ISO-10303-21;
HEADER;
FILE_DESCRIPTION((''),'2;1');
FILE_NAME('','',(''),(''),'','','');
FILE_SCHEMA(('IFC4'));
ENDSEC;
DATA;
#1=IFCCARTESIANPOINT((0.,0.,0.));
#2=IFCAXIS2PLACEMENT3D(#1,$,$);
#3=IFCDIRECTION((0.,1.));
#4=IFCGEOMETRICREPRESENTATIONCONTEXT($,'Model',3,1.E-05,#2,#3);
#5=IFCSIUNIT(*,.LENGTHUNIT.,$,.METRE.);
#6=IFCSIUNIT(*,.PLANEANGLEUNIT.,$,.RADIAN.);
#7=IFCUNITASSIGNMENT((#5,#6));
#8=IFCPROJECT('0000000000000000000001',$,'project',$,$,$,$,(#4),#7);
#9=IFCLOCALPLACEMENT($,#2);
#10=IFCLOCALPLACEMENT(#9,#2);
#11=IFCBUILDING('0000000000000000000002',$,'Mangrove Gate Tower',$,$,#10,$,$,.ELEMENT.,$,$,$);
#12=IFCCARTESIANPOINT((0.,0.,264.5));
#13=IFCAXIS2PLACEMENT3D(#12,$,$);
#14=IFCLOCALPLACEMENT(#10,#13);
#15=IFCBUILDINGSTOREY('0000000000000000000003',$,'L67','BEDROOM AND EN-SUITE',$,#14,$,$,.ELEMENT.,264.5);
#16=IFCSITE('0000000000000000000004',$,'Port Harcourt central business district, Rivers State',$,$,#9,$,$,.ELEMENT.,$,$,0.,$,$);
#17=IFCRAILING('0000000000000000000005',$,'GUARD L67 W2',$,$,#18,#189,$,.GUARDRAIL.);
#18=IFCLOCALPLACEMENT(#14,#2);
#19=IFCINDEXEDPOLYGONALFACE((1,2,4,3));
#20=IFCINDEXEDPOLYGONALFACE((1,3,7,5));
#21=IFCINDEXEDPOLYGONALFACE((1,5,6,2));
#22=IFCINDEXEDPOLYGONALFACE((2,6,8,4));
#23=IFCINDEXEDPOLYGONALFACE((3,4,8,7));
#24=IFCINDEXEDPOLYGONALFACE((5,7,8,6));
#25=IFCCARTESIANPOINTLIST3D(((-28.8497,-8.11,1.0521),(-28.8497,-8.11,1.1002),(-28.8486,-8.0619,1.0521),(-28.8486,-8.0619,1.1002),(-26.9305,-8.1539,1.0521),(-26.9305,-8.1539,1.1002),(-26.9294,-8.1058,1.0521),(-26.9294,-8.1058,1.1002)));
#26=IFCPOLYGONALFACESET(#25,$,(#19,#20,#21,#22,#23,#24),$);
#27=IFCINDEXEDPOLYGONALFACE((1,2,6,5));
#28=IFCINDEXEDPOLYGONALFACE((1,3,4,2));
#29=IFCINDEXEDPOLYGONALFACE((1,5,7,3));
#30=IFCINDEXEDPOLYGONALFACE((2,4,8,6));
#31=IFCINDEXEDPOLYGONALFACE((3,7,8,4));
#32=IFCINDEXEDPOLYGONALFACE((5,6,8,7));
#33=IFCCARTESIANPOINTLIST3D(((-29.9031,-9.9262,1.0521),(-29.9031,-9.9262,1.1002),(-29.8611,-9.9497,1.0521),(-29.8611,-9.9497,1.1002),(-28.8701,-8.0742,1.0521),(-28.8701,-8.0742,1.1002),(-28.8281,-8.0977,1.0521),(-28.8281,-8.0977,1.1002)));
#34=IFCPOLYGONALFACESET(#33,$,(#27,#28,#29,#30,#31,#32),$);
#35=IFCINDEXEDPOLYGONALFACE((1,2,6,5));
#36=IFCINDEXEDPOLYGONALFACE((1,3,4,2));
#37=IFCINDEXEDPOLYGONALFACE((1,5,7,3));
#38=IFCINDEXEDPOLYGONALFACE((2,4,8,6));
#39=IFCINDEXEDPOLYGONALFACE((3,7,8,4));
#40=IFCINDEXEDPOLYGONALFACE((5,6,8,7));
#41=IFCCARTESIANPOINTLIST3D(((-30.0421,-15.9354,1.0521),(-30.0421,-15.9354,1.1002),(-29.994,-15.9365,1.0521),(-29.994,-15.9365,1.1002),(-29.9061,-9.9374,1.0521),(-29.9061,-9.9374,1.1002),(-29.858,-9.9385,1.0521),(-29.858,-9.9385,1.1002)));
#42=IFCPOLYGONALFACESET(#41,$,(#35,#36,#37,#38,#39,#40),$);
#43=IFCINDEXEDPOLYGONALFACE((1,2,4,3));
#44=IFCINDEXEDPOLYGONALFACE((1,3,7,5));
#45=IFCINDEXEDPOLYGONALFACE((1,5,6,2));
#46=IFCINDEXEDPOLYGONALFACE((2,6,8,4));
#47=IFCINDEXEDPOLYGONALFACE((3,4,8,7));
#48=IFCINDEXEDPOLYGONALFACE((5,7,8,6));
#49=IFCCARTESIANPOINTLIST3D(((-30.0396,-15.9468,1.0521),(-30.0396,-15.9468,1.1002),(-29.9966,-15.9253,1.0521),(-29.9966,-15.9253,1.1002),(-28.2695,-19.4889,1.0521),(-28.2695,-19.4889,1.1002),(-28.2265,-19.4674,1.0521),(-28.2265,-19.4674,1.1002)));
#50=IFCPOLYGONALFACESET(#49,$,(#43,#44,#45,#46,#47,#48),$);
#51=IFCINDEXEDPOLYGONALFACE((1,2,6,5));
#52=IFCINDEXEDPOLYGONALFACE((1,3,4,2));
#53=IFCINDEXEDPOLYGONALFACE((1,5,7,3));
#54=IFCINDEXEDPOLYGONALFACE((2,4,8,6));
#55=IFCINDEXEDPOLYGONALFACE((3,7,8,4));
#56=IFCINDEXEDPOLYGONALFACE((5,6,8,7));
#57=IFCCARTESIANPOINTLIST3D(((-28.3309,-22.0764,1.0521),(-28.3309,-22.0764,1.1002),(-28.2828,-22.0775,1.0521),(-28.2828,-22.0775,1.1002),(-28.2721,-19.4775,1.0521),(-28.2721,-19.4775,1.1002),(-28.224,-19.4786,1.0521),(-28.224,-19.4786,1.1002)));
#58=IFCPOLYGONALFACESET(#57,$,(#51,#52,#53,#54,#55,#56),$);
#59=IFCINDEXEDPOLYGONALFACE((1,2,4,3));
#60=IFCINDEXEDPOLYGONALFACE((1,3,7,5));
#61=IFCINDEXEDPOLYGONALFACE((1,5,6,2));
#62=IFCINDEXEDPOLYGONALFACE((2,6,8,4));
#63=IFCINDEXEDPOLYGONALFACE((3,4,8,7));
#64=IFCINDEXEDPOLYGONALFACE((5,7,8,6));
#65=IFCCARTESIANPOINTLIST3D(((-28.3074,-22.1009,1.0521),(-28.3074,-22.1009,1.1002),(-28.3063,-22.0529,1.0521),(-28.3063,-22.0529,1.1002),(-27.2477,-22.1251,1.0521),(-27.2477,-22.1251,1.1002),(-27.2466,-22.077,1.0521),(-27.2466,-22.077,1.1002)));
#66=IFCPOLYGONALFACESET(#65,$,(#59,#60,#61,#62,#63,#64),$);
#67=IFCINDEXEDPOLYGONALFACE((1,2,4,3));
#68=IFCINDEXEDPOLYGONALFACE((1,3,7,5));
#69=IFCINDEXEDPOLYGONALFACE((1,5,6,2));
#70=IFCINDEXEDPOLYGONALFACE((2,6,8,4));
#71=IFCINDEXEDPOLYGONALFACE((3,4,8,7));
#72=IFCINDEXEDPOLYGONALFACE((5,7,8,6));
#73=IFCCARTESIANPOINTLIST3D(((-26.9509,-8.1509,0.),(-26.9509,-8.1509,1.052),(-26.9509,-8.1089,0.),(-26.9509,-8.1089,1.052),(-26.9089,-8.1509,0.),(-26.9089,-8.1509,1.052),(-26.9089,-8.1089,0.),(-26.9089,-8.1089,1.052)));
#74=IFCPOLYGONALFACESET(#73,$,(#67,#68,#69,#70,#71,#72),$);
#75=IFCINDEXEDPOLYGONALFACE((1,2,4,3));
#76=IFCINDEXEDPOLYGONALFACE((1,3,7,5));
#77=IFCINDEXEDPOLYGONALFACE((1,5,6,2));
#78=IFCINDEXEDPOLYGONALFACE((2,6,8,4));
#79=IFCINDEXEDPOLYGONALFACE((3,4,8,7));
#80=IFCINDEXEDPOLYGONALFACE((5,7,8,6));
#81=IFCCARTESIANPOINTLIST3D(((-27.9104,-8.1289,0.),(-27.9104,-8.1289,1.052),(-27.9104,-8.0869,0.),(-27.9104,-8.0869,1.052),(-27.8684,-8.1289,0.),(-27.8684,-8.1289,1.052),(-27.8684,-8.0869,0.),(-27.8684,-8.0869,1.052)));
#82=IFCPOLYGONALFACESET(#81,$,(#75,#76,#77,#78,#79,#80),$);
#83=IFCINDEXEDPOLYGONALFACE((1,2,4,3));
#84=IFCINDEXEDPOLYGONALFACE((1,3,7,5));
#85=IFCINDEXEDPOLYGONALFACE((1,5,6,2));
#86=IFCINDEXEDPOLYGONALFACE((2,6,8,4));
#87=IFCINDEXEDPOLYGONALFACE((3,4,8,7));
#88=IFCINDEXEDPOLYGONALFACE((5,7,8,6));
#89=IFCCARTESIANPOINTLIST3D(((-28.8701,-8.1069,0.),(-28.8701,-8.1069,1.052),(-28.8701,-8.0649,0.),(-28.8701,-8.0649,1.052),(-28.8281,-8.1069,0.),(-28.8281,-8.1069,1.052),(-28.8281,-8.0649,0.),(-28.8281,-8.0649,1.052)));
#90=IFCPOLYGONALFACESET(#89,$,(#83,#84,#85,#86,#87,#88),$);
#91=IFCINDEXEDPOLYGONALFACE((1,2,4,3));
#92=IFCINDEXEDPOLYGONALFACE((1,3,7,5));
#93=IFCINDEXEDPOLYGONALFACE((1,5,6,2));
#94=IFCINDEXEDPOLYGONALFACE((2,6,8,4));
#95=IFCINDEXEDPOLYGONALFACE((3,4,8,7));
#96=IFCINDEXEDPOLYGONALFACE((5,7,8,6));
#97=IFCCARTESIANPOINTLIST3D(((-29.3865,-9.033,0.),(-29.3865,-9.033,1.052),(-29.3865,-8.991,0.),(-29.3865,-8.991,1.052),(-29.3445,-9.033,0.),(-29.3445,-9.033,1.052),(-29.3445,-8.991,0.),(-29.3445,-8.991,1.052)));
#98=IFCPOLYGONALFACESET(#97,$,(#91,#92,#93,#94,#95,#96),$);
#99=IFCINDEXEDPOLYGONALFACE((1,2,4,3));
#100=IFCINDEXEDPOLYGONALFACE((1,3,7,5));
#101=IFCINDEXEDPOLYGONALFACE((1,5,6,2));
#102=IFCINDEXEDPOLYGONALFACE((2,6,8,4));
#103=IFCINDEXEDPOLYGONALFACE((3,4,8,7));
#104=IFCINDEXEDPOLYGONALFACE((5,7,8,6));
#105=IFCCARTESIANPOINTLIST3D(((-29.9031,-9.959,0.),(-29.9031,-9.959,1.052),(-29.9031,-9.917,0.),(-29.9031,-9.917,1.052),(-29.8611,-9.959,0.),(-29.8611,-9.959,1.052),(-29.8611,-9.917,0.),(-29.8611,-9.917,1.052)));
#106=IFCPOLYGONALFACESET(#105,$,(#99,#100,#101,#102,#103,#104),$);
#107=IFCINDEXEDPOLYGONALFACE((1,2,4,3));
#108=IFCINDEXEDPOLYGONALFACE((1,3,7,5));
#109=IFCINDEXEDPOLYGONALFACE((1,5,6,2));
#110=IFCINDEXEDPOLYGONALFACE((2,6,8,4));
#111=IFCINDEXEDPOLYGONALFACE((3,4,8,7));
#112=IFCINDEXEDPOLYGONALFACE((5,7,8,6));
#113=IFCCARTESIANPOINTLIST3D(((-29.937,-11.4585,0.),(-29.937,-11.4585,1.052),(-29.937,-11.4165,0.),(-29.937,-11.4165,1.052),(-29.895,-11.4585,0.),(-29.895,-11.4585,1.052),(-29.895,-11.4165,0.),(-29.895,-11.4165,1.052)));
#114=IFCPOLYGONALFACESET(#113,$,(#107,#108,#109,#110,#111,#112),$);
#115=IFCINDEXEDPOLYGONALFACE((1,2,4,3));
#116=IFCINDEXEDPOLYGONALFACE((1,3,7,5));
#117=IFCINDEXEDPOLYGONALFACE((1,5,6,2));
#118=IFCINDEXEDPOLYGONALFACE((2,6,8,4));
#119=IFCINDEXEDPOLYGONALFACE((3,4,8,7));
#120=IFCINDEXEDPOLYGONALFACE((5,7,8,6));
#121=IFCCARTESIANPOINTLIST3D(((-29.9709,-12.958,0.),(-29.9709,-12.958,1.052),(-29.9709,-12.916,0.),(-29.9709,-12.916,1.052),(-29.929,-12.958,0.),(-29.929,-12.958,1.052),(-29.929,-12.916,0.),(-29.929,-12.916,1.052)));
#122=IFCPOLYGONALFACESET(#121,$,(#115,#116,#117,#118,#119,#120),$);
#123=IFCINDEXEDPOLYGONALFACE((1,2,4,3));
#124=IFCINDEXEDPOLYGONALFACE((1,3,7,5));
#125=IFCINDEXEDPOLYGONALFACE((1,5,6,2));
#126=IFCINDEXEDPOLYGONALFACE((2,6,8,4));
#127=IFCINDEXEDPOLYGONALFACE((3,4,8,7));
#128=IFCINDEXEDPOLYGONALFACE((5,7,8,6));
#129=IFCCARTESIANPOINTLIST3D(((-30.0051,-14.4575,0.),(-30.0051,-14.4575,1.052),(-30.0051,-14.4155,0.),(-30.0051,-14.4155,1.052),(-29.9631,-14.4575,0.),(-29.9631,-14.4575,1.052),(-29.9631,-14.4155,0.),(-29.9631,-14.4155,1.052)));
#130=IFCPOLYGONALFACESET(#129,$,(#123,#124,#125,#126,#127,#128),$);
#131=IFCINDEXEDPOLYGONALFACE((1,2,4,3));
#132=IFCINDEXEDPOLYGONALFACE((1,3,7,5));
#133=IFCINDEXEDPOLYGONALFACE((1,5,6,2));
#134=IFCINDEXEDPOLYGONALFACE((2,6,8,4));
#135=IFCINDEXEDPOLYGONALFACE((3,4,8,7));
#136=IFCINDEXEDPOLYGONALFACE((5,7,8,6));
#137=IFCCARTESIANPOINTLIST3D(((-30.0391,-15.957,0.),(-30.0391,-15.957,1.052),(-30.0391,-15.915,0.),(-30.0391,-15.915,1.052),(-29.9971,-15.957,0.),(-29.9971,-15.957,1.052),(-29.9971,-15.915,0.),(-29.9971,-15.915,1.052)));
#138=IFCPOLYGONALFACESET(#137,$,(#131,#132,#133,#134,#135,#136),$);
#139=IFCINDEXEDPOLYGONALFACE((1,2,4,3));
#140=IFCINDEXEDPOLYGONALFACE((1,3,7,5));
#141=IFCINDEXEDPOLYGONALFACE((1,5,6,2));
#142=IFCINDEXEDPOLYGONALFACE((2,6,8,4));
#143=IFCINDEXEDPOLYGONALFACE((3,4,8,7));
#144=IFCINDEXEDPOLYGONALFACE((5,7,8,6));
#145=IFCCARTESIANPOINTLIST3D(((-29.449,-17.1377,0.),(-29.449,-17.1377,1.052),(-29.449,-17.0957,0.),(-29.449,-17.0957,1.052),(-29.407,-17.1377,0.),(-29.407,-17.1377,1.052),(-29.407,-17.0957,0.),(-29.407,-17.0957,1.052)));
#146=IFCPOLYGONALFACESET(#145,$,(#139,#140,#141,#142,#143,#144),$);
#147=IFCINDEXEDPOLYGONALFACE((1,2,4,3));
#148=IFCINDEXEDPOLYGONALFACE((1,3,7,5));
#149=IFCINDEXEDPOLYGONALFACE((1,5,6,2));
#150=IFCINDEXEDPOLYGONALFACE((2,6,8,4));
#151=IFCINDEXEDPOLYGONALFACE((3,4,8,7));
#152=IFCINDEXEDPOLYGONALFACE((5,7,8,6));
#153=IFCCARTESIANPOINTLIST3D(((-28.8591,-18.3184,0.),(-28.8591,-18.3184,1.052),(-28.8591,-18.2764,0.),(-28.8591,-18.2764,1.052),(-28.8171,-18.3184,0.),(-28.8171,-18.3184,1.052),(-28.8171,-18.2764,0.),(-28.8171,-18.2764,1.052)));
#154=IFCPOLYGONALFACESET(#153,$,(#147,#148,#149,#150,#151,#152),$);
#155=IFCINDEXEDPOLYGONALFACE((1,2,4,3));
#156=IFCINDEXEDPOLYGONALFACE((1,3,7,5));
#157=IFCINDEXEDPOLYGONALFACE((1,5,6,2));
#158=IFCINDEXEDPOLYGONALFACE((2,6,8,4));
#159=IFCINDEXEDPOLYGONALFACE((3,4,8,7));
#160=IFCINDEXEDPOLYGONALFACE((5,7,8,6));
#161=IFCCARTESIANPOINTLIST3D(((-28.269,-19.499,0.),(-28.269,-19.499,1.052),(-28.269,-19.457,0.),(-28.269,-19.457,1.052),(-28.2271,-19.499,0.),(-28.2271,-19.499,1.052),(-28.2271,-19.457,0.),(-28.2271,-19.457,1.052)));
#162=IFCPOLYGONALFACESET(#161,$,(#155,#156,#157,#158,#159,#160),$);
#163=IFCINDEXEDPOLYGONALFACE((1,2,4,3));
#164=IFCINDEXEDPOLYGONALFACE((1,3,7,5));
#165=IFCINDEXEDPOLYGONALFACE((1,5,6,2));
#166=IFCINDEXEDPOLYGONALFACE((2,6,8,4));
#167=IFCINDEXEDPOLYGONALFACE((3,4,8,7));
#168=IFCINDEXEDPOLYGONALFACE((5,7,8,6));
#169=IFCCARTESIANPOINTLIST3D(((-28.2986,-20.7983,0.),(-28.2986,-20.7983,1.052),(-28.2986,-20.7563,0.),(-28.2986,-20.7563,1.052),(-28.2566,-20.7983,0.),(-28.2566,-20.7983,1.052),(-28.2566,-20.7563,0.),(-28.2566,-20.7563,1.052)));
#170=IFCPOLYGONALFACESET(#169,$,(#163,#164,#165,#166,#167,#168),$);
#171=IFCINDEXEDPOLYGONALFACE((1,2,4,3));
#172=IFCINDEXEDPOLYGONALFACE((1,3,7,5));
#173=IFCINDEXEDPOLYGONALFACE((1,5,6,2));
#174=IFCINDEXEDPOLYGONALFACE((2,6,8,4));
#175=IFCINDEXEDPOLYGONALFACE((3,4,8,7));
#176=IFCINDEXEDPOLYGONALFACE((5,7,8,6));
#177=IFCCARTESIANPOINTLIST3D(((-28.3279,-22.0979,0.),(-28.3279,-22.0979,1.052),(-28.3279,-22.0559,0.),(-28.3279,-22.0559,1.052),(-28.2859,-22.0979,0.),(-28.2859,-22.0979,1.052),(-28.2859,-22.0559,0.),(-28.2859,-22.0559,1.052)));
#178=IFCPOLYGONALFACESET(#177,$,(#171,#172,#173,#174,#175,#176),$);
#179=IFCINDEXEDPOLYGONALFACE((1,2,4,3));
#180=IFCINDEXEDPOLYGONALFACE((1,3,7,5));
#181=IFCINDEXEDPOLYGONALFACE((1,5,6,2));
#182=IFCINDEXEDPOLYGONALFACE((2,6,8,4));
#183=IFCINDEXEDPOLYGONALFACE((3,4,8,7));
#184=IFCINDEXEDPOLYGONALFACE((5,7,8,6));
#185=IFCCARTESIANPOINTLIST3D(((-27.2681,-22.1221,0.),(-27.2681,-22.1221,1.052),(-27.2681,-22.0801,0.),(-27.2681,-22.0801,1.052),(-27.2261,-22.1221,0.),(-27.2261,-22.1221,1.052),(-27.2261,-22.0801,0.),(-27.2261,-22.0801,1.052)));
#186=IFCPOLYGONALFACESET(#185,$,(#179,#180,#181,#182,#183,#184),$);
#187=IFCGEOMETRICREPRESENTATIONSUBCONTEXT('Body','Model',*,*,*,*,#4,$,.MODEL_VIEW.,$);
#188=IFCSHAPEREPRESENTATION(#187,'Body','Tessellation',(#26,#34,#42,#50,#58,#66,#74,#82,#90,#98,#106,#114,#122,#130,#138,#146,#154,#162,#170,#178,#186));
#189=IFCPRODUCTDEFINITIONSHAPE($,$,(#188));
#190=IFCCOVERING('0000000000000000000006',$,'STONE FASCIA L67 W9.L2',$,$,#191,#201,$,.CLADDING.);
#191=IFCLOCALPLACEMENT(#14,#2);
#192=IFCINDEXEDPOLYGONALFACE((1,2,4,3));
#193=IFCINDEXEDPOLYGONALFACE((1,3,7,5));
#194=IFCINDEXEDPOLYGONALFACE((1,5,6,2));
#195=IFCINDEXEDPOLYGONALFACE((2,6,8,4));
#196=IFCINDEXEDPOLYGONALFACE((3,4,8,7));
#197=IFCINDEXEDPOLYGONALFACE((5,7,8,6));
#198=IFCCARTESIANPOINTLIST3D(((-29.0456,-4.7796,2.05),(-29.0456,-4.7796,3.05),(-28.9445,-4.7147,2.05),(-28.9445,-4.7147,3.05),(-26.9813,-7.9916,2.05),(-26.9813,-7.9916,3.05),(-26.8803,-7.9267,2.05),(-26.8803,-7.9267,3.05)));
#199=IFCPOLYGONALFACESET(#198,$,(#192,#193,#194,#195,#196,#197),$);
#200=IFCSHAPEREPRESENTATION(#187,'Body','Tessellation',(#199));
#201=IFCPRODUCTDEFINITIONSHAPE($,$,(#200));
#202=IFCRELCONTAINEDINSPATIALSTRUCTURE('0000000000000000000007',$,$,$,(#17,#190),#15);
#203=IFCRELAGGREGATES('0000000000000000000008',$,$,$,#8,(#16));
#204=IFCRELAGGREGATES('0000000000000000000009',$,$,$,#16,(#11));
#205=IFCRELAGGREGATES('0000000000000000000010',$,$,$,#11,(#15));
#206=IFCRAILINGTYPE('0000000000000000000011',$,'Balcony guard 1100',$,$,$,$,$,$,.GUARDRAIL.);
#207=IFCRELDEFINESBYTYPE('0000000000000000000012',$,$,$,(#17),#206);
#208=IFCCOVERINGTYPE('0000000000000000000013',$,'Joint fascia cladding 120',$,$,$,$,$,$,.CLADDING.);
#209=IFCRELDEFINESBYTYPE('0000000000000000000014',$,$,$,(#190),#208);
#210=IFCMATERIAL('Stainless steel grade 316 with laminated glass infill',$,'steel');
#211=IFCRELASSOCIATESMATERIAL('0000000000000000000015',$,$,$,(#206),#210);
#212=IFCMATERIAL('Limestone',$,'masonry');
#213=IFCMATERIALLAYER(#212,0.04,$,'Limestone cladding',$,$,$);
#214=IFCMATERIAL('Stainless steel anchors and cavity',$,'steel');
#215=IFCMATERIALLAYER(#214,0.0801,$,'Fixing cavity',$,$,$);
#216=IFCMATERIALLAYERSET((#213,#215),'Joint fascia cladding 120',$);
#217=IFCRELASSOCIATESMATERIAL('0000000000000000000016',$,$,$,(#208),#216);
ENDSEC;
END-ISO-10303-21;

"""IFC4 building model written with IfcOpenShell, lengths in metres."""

from ifc_helpers import new_model, si_unit, direction, frame, frame_2d, origin, origin_2d, place, context, subcontext, project, spatial, rectangle, extrude, material, layer, layer_set, type_object, element, save


model = new_model("IFC4")

# Units and contexts
model_context = context("Model", 3, precision=1e-05, world=origin(), true_north=direction((0.0, 1.0)))
body_context = subcontext(model_context, "Body", "Model", "MODEL_VIEW")
ifc_project = project(units=[si_unit("LENGTHUNIT", "METRE"), si_unit("PLANEANGLEUNIT", "RADIAN")], contexts=[model_context])

# Site, building, storey
site_placement = place(None, origin())
site = spatial("IfcSite", under=ifc_project, at=site_placement, Name="Port Harcourt central business district, Rivers State", CompositionType="ELEMENT", RefElevation=0.0)
building_placement = place(site_placement, origin())
building = spatial("IfcBuilding", under=site, at=building_placement, Name="Mangrove Gate Tower", CompositionType="ELEMENT")
storey_placement = place(building_placement, frame((0.0, 0.0, 264.5)))
storey = spatial("IfcBuildingStorey", under=building, at=storey_placement, Name="L67", Description="BEDROOM AND EN-SUITE", CompositionType="ELEMENT", Elevation=264.5)

# Shared definitions
ifc_material_1 = material(Name="Limestone", Category="masonry")

# Railing
ifc_material_2 = material(Name="Stainless steel grade 316 with laminated glass infill", Category="steel")
railing_type = type_object("IfcRailingType", Name="Balcony guard 1100", PredefinedType="GUARDRAIL", material=ifc_material_2)
railing_placement = place(storey_placement, frame((-26.9299, -8.1299, 0.0)))
element("IfcRailing", 1, at=railing_placement, inside=storey, type_object=railing_type, Name="GUARD L67 W2", PredefinedType="GUARDRAIL", context=body_context, shape_type="SweptSolid", body=[
    extrude(rectangle(XDim=0.0481, YDim=0.0481, at=origin_2d()), frame((0.0, 0.0, 1.0762), z_axis=(-0.999738, 0.022892, 0.0), x_axis=(-0.022892, -0.999738, 0.0)), (0.0, 0.0, 1.0), 1.9197),
    extrude(rectangle(XDim=0.0481, YDim=0.0481, at=origin_2d()), frame((-1.9192, 0.0439, 1.0762), z_axis=(-0.487099, -0.873347, 0.0), x_axis=(0.873347, -0.487099, 0.0)), (0.0, 0.0, 1.0), 2.1206),
    extrude(rectangle(XDim=0.0481, YDim=0.0481, at=origin_2d()), frame((-2.9521, -1.8081, 1.0762), z_axis=(-0.022666, -0.999743, 0.0), x_axis=(0.999743, -0.022666, 0.0)), (0.0, 0.0, 1.0), 5.9995),
    extrude(rectangle(XDim=0.0481, YDim=0.0481, at=origin_2d()), frame((-3.0881, -7.8062, 1.0762), z_axis=(0.447016, -0.894526, 0.0), x_axis=(0.894526, 0.447016, 0.0)), (0.0, 0.0, 1.0), 3.9597),
    extrude(rectangle(XDim=0.0481, YDim=0.0481, at=origin_2d()), frame((-1.3181, -11.3481, 1.0762), z_axis=(-0.022634, -0.999744, 0.0), x_axis=(0.999744, -0.022634, 0.0)), (0.0, 0.0, 1.0), 2.5996),
    extrude(rectangle(XDim=0.0481, YDim=0.0481, at=origin_2d()), frame((-1.377, -13.947, 1.0762), z_axis=(0.99974, -0.0228, 0.0), x_axis=(0.0228, 0.99974, 0.0)), (0.0, 0.0, 1.0), 1.0601),
    extrude(rectangle(XDim=0.042, YDim=0.042, at=origin_2d()), origin(), (0.0, 0.0, 1.0), 1.052),
    extrude(rectangle(XDim=0.042, YDim=0.042, at=origin_2d()), frame((-0.9595, 0.022, 0.0)), (0.0, 0.0, 1.0), 1.052),
    extrude(rectangle(XDim=0.042, YDim=0.042, at=origin_2d()), frame((-1.9192, 0.0439, 0.0)), (0.0, 0.0, 1.0), 1.052),
    extrude(rectangle(XDim=0.042, YDim=0.042, at=origin_2d()), frame((-2.4355, -0.8821, 0.0)), (0.0, 0.0, 1.0), 1.052),
    extrude(rectangle(XDim=0.042, YDim=0.042, at=origin_2d()), frame((-2.9521, -1.8081, 0.0)), (0.0, 0.0, 1.0), 1.052),
    extrude(rectangle(XDim=0.042, YDim=0.042, at=origin_2d()), frame((-2.9861, -3.3076, 0.0)), (0.0, 0.0, 1.0), 1.052),
    extrude(rectangle(XDim=0.042, YDim=0.042, at=origin_2d()), frame((-3.02, -4.8071, 0.0)), (0.0, 0.0, 1.0), 1.052),
    extrude(rectangle(XDim=0.042, YDim=0.042, at=origin_2d()), frame((-3.0542, -6.3066, 0.0)), (0.0, 0.0, 1.0), 1.052),
    extrude(rectangle(XDim=0.042, YDim=0.042, at=origin_2d()), frame((-3.0881, -7.8062, 0.0)), (0.0, 0.0, 1.0), 1.052),
    extrude(rectangle(XDim=0.042, YDim=0.042, at=origin_2d()), frame((-2.498, -8.9868, 0.0)), (0.0, 0.0, 1.0), 1.052),
    extrude(rectangle(XDim=0.042, YDim=0.042, at=origin_2d()), frame((-1.9082, -10.1675, 0.0)), (0.0, 0.0, 1.0), 1.052),
    extrude(rectangle(XDim=0.042, YDim=0.042, at=origin_2d()), frame((-1.3181, -11.3481, 0.0)), (0.0, 0.0, 1.0), 1.052),
    extrude(rectangle(XDim=0.042, YDim=0.042, at=origin_2d()), frame((-1.3477, -12.6475, 0.0)), (0.0, 0.0, 1.0), 1.052),
    extrude(rectangle(XDim=0.042, YDim=0.042, at=origin_2d()), frame((-1.377, -13.947, 0.0)), (0.0, 0.0, 1.0), 1.052),
    extrude(rectangle(XDim=0.042, YDim=0.042, at=origin_2d()), frame((-0.3171, -13.9712, 0.0)), (0.0, 0.0, 1.0), 1.052),
])

# Covering
ifc_layer_1 = layer(ifc_material_1, 0.04, Name="Limestone cladding")
ifc_material_3 = material(Name="Stainless steel anchors and cavity", Category="steel")
ifc_layer_2 = layer(ifc_material_3, 0.0801, Name="Fixing cavity")
ifc_layer_set_1 = layer_set([ifc_layer_1, ifc_layer_2], Name="Joint fascia cladding 120")
covering_type = type_object("IfcCoveringType", Name="Joint fascia cladding 120", PredefinedType="CLADDING", material=ifc_layer_set_1)
covering_placement = place(storey_placement, frame((-28.9951, -4.7471, 2.05), z_axis=(0.0, 0.0, 1.0), x_axis=(0.540648, -0.841249, 0.0)))
element("IfcCovering", 2, at=covering_placement, inside=storey, type_object=covering_type, Name="STONE FASCIA L67 W9.L2", PredefinedType="CLADDING", context=body_context, shape_type="SweptSolid", body=[
    extrude(rectangle(XDim=3.8181, YDim=0.1201, at=frame_2d((1.9092, 0.0))), origin(), (0.0, 0.0, 1.0), 1.0),
])

save(model, "model.ifc")
